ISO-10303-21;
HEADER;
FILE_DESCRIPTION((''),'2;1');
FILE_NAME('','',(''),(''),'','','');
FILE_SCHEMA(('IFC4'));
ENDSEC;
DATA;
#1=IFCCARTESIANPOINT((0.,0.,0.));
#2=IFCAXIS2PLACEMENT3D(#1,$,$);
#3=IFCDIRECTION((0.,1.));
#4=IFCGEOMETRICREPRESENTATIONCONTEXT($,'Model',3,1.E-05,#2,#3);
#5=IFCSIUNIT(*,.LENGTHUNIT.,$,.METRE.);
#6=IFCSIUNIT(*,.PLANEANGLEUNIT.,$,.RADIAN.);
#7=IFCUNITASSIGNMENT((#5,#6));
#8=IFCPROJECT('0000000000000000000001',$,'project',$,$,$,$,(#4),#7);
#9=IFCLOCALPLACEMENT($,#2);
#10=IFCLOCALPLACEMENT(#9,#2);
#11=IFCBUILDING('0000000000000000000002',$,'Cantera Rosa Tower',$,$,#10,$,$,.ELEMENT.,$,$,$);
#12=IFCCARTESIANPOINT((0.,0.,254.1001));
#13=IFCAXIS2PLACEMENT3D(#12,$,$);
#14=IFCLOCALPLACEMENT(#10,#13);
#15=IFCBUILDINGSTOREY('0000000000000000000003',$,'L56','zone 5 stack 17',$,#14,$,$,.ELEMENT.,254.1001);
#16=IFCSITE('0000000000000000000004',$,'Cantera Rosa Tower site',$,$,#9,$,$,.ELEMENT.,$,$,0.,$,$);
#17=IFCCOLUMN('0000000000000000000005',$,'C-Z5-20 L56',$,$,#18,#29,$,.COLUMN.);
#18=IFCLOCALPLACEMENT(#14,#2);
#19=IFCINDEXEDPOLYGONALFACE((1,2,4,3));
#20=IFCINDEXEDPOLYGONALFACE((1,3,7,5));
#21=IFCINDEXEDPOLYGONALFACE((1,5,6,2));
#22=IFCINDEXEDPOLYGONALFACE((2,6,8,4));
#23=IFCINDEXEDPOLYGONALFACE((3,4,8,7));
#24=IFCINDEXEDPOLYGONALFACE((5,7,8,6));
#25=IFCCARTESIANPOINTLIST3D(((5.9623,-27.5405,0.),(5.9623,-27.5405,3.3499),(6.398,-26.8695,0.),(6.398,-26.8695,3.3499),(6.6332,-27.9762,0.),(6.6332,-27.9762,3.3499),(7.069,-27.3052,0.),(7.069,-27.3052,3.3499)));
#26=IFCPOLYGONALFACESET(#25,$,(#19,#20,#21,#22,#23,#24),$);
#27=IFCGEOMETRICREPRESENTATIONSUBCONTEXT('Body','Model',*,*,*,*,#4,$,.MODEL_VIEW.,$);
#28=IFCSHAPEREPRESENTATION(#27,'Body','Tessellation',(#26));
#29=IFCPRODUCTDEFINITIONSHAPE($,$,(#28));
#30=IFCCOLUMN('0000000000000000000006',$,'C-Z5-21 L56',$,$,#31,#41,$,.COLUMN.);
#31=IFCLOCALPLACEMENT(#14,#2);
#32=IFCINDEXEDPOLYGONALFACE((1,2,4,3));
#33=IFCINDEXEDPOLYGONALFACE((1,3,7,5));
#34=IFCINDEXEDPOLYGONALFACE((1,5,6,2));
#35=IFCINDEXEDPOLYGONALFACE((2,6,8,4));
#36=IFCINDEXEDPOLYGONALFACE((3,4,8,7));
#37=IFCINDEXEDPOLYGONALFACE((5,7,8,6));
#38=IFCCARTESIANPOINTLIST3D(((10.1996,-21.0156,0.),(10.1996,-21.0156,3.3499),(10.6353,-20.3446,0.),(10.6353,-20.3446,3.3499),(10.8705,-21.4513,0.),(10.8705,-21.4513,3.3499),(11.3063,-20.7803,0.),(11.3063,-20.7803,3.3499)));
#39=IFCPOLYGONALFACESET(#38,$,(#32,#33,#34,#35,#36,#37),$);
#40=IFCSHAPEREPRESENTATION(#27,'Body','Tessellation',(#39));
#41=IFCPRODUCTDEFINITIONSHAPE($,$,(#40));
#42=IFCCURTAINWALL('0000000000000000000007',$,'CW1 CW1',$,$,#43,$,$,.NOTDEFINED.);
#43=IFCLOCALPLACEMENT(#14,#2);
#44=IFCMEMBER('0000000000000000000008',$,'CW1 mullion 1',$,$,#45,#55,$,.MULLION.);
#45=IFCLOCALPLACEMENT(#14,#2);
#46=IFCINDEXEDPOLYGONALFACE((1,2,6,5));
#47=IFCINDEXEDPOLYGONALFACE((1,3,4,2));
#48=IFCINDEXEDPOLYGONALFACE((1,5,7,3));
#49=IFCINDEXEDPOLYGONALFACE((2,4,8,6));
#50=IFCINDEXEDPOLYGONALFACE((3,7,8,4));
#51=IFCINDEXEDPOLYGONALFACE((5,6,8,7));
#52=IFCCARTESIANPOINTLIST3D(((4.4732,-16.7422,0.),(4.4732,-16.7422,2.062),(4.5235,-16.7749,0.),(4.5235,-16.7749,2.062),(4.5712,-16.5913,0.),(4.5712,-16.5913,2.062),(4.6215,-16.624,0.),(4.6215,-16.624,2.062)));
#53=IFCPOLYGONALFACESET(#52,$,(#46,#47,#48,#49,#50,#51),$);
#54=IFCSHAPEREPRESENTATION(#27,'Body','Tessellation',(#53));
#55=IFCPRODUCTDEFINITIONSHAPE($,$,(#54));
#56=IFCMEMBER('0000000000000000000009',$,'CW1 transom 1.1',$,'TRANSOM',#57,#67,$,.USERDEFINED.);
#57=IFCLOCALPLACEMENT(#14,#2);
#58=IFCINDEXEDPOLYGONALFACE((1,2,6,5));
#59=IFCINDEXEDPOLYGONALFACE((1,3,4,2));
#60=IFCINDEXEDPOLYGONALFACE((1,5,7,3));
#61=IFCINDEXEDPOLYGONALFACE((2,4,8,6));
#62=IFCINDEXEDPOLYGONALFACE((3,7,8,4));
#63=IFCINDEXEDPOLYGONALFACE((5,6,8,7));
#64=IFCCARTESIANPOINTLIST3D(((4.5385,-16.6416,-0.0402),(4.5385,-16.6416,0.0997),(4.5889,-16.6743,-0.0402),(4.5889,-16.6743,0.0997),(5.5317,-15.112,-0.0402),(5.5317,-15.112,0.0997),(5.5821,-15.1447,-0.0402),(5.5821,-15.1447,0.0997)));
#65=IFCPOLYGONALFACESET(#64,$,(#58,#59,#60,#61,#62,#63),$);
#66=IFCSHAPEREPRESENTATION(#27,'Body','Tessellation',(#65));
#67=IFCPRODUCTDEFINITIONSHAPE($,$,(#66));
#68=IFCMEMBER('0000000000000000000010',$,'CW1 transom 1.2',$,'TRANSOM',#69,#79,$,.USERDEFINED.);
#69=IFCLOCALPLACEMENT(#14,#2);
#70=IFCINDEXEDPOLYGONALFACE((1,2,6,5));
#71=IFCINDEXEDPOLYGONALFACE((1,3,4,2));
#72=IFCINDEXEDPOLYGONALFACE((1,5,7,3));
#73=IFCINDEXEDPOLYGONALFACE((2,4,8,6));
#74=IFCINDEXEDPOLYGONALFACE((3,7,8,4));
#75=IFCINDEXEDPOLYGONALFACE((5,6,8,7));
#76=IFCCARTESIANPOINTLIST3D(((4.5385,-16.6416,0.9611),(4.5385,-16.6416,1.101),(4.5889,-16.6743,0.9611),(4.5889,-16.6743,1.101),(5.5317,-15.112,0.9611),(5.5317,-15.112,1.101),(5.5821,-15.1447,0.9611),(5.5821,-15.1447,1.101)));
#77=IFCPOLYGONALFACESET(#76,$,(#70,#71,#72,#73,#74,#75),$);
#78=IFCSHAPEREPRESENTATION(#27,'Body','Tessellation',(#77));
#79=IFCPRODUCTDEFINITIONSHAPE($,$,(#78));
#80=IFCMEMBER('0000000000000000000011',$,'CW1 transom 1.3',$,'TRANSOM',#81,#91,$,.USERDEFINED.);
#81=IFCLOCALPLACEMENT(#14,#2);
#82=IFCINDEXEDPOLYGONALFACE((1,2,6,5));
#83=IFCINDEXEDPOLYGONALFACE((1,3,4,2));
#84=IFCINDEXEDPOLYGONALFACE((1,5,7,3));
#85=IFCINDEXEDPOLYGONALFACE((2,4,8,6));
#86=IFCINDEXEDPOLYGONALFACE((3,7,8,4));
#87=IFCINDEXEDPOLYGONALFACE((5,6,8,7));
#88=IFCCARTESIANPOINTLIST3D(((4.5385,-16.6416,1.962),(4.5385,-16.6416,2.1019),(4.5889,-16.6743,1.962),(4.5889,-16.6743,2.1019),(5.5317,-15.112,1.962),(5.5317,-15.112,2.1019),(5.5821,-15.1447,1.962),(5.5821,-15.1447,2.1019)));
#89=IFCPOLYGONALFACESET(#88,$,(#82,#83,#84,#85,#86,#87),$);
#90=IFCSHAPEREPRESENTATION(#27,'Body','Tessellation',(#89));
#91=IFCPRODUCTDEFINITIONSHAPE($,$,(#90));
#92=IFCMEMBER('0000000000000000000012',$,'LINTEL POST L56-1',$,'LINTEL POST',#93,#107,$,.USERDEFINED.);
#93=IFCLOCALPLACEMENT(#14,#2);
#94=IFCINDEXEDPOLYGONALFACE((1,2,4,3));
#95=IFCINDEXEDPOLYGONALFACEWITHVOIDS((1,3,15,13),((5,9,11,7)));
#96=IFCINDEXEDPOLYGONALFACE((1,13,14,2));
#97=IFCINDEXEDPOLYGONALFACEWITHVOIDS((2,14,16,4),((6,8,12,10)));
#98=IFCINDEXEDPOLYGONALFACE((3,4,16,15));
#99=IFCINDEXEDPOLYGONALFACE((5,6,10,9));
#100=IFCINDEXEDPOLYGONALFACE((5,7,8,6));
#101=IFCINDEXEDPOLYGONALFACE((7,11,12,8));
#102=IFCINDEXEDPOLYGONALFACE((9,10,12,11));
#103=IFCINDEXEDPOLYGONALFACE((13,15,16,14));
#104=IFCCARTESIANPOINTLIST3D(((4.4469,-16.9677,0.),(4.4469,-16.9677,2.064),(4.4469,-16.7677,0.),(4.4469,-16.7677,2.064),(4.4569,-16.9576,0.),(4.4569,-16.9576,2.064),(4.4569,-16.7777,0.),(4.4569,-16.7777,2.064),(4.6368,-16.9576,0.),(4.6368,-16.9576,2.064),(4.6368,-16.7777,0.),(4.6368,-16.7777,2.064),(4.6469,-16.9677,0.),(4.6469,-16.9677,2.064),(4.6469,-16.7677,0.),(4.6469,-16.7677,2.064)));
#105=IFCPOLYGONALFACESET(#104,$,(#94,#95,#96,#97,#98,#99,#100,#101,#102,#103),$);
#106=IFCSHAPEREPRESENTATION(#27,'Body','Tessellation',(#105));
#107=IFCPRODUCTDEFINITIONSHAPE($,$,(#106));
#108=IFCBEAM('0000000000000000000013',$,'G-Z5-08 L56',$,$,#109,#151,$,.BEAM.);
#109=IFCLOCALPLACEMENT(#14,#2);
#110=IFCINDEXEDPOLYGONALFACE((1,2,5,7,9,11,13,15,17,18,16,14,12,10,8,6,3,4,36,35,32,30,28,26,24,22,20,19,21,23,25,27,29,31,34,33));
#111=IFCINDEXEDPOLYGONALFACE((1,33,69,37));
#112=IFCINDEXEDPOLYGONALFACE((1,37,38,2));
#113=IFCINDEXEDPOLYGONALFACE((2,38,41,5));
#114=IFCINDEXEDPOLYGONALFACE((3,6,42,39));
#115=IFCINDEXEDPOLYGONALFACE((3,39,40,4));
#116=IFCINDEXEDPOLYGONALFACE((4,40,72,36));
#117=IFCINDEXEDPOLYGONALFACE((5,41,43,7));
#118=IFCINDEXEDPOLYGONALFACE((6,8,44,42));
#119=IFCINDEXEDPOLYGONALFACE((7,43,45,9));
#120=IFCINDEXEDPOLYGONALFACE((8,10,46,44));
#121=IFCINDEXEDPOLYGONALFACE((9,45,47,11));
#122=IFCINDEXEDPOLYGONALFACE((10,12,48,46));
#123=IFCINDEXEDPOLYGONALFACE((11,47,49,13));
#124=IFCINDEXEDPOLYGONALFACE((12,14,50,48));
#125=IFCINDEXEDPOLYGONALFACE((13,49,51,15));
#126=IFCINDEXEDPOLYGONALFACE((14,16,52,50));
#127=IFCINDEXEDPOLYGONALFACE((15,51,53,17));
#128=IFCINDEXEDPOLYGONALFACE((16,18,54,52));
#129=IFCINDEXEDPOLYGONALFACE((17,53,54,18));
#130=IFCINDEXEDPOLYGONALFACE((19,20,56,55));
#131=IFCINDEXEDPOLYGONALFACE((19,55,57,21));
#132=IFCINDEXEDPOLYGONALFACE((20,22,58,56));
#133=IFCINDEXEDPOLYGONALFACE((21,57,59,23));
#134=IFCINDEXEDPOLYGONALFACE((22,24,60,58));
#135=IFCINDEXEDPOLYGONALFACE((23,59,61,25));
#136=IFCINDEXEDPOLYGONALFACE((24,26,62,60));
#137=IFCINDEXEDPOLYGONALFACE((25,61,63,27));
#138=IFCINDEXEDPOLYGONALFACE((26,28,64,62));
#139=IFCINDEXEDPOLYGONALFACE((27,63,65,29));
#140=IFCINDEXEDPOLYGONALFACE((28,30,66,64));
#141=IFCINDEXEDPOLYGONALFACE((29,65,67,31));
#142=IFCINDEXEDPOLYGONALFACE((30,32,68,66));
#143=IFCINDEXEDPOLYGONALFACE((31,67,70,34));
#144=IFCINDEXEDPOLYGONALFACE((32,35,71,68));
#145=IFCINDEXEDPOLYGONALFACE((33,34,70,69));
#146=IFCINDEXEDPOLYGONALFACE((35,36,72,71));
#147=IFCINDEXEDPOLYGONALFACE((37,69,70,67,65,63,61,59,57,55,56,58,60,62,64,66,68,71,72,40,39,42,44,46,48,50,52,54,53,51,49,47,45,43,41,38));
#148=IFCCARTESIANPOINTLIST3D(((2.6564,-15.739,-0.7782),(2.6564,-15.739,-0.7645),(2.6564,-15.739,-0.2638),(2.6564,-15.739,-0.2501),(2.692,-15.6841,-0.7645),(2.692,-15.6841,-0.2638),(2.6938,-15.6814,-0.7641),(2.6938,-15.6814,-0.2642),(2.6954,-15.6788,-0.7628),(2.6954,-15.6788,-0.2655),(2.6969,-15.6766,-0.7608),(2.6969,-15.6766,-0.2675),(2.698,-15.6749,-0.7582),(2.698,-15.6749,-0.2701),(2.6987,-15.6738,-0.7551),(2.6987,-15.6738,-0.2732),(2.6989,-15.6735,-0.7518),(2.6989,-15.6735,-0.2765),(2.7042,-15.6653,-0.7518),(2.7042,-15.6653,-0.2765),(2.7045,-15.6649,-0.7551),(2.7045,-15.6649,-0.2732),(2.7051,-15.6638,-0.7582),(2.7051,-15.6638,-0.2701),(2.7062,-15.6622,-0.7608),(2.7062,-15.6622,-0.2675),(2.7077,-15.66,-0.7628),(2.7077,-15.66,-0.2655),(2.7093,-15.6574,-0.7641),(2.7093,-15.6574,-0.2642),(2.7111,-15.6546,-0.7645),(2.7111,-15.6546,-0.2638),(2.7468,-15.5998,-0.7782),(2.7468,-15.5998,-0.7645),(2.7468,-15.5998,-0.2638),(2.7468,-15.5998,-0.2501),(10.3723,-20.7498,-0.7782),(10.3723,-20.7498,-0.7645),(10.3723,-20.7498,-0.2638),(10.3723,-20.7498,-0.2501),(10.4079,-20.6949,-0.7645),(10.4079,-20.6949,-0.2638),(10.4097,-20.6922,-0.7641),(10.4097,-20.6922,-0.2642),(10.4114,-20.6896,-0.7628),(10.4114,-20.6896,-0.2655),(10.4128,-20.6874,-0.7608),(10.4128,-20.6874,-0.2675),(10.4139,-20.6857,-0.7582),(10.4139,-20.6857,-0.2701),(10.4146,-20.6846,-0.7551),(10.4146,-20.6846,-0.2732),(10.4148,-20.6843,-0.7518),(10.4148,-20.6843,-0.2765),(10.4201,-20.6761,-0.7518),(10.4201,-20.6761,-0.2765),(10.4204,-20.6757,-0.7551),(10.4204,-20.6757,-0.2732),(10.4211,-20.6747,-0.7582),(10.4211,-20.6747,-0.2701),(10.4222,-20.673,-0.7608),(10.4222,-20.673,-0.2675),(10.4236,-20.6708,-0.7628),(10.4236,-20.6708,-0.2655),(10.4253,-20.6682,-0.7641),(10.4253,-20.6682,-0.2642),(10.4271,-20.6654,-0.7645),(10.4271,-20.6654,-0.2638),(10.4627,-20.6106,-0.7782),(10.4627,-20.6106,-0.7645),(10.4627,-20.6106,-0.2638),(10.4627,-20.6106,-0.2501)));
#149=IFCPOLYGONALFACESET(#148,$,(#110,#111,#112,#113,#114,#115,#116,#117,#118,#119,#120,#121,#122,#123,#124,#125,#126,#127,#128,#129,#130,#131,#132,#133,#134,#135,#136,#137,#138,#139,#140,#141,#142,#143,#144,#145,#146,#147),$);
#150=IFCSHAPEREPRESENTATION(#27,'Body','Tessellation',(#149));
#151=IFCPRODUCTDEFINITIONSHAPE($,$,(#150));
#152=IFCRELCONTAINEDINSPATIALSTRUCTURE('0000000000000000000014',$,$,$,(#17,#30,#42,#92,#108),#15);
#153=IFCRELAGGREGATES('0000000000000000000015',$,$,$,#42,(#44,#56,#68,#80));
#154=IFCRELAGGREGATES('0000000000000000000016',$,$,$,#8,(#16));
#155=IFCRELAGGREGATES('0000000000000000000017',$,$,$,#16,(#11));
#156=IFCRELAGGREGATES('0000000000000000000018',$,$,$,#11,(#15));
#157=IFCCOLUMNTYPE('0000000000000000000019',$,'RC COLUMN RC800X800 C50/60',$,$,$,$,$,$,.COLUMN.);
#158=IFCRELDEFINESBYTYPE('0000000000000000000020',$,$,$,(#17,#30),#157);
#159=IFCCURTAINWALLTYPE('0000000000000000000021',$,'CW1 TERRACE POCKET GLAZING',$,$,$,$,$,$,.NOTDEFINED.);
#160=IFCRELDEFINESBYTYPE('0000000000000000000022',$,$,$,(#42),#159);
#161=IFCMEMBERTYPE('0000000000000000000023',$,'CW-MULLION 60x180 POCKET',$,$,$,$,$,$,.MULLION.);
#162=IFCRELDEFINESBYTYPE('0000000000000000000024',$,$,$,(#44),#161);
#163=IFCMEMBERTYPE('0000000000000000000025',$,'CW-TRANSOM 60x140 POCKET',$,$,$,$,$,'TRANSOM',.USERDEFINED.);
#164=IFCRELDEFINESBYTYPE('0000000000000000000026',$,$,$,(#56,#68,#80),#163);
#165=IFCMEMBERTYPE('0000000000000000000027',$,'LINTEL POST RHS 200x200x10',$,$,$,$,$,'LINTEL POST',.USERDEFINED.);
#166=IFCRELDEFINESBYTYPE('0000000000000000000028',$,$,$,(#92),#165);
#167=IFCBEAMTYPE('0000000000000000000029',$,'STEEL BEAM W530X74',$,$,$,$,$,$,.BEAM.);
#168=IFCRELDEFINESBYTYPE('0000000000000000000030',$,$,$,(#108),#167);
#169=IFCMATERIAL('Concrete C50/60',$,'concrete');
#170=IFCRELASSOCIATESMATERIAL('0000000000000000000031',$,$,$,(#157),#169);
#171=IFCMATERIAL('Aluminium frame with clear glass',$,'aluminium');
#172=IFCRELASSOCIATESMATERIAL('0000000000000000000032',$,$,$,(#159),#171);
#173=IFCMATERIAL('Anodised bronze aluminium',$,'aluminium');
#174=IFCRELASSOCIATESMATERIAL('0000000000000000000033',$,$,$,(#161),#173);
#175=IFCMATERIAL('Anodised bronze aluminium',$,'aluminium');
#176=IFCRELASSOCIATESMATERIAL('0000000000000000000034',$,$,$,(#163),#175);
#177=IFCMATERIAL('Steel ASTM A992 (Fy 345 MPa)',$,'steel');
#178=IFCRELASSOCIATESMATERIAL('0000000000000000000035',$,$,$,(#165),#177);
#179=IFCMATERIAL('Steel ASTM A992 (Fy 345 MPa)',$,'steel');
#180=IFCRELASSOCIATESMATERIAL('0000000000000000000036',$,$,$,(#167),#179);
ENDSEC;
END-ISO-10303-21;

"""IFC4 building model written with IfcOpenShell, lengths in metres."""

from ifc_helpers import new_model, si_unit, direction, frame, origin, origin_2d, place, context, subcontext, project, spatial, rectangle, hollow_rectangle, i_section, extrude, material, material_profile, profile_set, type_object, element, aggregate, save


model = new_model("IFC4")

# Units and contexts
model_context = context("Model", 3, precision=1e-05, world=origin(), true_north=direction((0.0, 1.0)))
body_context = subcontext(model_context, "Body", "Model", "MODEL_VIEW")
ifc_project = project(units=[si_unit("LENGTHUNIT", "METRE"), si_unit("PLANEANGLEUNIT", "RADIAN")], contexts=[model_context])

# Site, building, storey
site_placement = place(None, origin())
site = spatial("IfcSite", under=ifc_project, at=site_placement, Name="Cantera Rosa Tower site", CompositionType="ELEMENT", RefElevation=0.0)
building_placement = place(site_placement, origin())
building = spatial("IfcBuilding", under=site, at=building_placement, Name="Cantera Rosa Tower", CompositionType="ELEMENT")
storey_placement = place(building_placement, frame((0.0, 0.0, 254.1001)))
storey = spatial("IfcBuildingStorey", under=building, at=storey_placement, Name="L56", Description="zone 5 stack 17", CompositionType="ELEMENT", Elevation=254.1001)

# Columns
ifc_material_1 = material(Name="Concrete C50/60", Category="concrete")
ifc_material_profile_1 = material_profile(ifc_material_1, rectangle(XDim=0.8, YDim=0.8, at=origin_2d()), Name="RC COLUMN RC800X800 C50/60")
ifc_profile_set_1 = profile_set([ifc_material_profile_1], Name="Concrete C50/60")
column_type = type_object("IfcColumnType", Name="RC COLUMN RC800X800 C50/60", PredefinedType="COLUMN", material=ifc_profile_set_1)
for number, where, z_axis, x_axis, name in (
    (1, (6.5156, -27.4229, 0.0), (0.0, 0.0, 1.0), (0.544639, 0.838671, 0.0), "C-Z5-20 L56"),
    (2, (10.7529, -20.8979, 0.0), (0.0, 0.0, 1.0), (0.544639, 0.838671, 0.0), "C-Z5-21 L56"),
):
    element("IfcColumn", number, at=place(storey_placement, frame(where, z_axis=z_axis, x_axis=x_axis)), inside=storey, type_object=column_type, Name=name, PredefinedType="COLUMN", context=body_context, shape_type="SweptSolid", body=[
        extrude(rectangle(XDim=0.8, YDim=0.8, at=origin_2d()), origin(), (0.0, 0.0, 1.0), 3.3499),
    ])

# Curtain wall, members
ifc_material_2 = material(Name="Aluminium frame with clear glass", Category="aluminium")
curtain_wall_type = type_object("IfcCurtainWallType", Name="CW1 TERRACE POCKET GLAZING", PredefinedType="NOTDEFINED", material=ifc_material_2)
curtain_wall_placement = place(storey_placement, origin())
curtain_wall = element("IfcCurtainWall", 3, at=curtain_wall_placement, inside=storey, type_object=curtain_wall_type, Name="CW1 CW1", PredefinedType="NOTDEFINED")
ifc_material_3 = material(Name="Anodised bronze aluminium", Category="aluminium")
ifc_material_profile_2 = material_profile(ifc_material_3, rectangle(XDim=0.0601, YDim=0.1799, at=origin_2d()), Name="CW-MULLION 60x180 POCKET")
ifc_profile_set_2 = profile_set([ifc_material_profile_2], Name="Anodised bronze aluminium")
member_type_1 = type_object("IfcMemberType", Name="CW-MULLION 60x180 POCKET", PredefinedType="MULLION", material=ifc_profile_set_2)
member_1_placement = place(storey_placement, frame((4.5474, -16.6831, 0.0), z_axis=(0.0, 0.0, 1.0), x_axis=(-0.838671, 0.544639, 0.0)))
member_1 = element("IfcMember", 4, at=member_1_placement, type_object=member_type_1, Name="CW1 mullion 1", PredefinedType="MULLION", context=body_context, shape_type="SweptSolid", body=[
    extrude(rectangle(XDim=0.0601, YDim=0.1799, at=origin_2d()), origin(), (0.0, 0.0, 1.0), 2.062),
])
ifc_material_4 = material(Name="Anodised bronze aluminium", Category="aluminium")
ifc_material_profile_3 = material_profile(ifc_material_4, rectangle(XDim=0.0601, YDim=0.1399, at=origin_2d()), Name="CW-TRANSOM 60x140 POCKET")
ifc_profile_set_3 = profile_set([ifc_material_profile_3], Name="Anodised bronze aluminium")
member_type_2 = type_object("IfcMemberType", Name="CW-TRANSOM 60x140 POCKET", ElementType="TRANSOM", PredefinedType="USERDEFINED", material=ifc_profile_set_3)
member_2_placement = place(storey_placement, frame((4.5637, -16.658, 0.0298), z_axis=(0.544588, 0.838703, 0.0), x_axis=(-0.838703, 0.544588, 0.0)))
member_2 = element("IfcMember", 5, at=member_2_placement, type_object=member_type_2, Name="CW1 transom 1.1", ObjectType="TRANSOM", PredefinedType="USERDEFINED", context=body_context, shape_type="SweptSolid", body=[
    extrude(rectangle(XDim=0.0601, YDim=0.1399, at=origin_2d()), origin(), (0.0, 0.0, 1.0), 1.8237),
])
member_3_placement = place(storey_placement, frame((4.5637, -16.658, 1.031), z_axis=(0.544588, 0.838703, 0.0), x_axis=(-0.838703, 0.544588, 0.0)))
member_3 = element("IfcMember", 6, at=member_3_placement, type_object=member_type_2, Name="CW1 transom 1.2", ObjectType="TRANSOM", PredefinedType="USERDEFINED", context=body_context, shape_type="SweptSolid", body=[
    extrude(rectangle(XDim=0.0601, YDim=0.1399, at=origin_2d()), origin(), (0.0, 0.0, 1.0), 1.8237),
])
member_4_placement = place(storey_placement, frame((4.5637, -16.658, 2.032), z_axis=(0.544588, 0.838703, 0.0), x_axis=(-0.838703, 0.544588, 0.0)))
member_4 = element("IfcMember", 7, at=member_4_placement, type_object=member_type_2, Name="CW1 transom 1.3", ObjectType="TRANSOM", PredefinedType="USERDEFINED", context=body_context, shape_type="SweptSolid", body=[
    extrude(rectangle(XDim=0.0601, YDim=0.1399, at=origin_2d()), origin(), (0.0, 0.0, 1.0), 1.8237),
])
aggregate(curtain_wall, [member_1, member_2, member_3, member_4])

# Member
ifc_material_5 = material(Name="Steel ASTM A992 (Fy 345 MPa)", Category="steel")
ifc_material_profile_4 = material_profile(ifc_material_5, hollow_rectangle(XDim=0.2, YDim=0.2, WallThickness=0.01, at=origin_2d()), Name="LINTEL POST RHS 200x200x10")
ifc_profile_set_4 = profile_set([ifc_material_profile_4], Name="Steel ASTM A992 (Fy 345 MPa)")
member_type_3 = type_object("IfcMemberType", Name="LINTEL POST RHS 200x200x10", ElementType="LINTEL POST", PredefinedType="USERDEFINED", material=ifc_profile_set_4)
member_5_placement = place(storey_placement, frame((4.5469, -16.8677, 0.0), z_axis=(0.0, 0.0, 1.0), x_axis=(1.0, 0.0, 0.0)))
element("IfcMember", 8, at=member_5_placement, inside=storey, type_object=member_type_3, Name="LINTEL POST L56-1", ObjectType="LINTEL POST", PredefinedType="USERDEFINED", context=body_context, shape_type="SweptSolid", body=[
    extrude(hollow_rectangle(XDim=0.2, YDim=0.2, WallThickness=0.01, at=origin_2d()), origin(), (0.0, 0.0, 1.0), 2.064),
])

# Beam
ifc_material_6 = material(Name="Steel ASTM A992 (Fy 345 MPa)", Category="steel")
ifc_material_profile_5 = material_profile(ifc_material_6, i_section(OverallWidth=0.166, OverallDepth=0.5281, WebThickness=0.0098, FlangeThickness=0.0137, FilletRadius=0.0127, at=origin_2d()), Name="W530X74")
ifc_profile_set_5 = profile_set([ifc_material_profile_5], Name="Steel ASTM A992 (Fy 345 MPa)")
beam_type_1 = type_object("IfcBeamType", Name="STEEL BEAM W530X74", PredefinedType="BEAM", material=ifc_profile_set_5)
beam_1_placement = place(storey_placement, frame((10.4175, -20.6802, -0.5142), z_axis=(-0.838669, 0.544641, 0.0), x_axis=(-0.544641, -0.838669, 0.0)))
element("IfcBeam", 9, at=beam_1_placement, inside=storey, type_object=beam_type_1, Name="G-Z5-08 L56", PredefinedType="BEAM", context=body_context, shape_type="SweptSolid", body=[
    extrude(i_section(OverallWidth=0.166, OverallDepth=0.5281, WebThickness=0.0098, FlangeThickness=0.0137, FilletRadius=0.0127, at=origin_2d()), origin(), (0.0, 0.0, 1.0), 9.2002),
])

save(model, "model.ifc")
